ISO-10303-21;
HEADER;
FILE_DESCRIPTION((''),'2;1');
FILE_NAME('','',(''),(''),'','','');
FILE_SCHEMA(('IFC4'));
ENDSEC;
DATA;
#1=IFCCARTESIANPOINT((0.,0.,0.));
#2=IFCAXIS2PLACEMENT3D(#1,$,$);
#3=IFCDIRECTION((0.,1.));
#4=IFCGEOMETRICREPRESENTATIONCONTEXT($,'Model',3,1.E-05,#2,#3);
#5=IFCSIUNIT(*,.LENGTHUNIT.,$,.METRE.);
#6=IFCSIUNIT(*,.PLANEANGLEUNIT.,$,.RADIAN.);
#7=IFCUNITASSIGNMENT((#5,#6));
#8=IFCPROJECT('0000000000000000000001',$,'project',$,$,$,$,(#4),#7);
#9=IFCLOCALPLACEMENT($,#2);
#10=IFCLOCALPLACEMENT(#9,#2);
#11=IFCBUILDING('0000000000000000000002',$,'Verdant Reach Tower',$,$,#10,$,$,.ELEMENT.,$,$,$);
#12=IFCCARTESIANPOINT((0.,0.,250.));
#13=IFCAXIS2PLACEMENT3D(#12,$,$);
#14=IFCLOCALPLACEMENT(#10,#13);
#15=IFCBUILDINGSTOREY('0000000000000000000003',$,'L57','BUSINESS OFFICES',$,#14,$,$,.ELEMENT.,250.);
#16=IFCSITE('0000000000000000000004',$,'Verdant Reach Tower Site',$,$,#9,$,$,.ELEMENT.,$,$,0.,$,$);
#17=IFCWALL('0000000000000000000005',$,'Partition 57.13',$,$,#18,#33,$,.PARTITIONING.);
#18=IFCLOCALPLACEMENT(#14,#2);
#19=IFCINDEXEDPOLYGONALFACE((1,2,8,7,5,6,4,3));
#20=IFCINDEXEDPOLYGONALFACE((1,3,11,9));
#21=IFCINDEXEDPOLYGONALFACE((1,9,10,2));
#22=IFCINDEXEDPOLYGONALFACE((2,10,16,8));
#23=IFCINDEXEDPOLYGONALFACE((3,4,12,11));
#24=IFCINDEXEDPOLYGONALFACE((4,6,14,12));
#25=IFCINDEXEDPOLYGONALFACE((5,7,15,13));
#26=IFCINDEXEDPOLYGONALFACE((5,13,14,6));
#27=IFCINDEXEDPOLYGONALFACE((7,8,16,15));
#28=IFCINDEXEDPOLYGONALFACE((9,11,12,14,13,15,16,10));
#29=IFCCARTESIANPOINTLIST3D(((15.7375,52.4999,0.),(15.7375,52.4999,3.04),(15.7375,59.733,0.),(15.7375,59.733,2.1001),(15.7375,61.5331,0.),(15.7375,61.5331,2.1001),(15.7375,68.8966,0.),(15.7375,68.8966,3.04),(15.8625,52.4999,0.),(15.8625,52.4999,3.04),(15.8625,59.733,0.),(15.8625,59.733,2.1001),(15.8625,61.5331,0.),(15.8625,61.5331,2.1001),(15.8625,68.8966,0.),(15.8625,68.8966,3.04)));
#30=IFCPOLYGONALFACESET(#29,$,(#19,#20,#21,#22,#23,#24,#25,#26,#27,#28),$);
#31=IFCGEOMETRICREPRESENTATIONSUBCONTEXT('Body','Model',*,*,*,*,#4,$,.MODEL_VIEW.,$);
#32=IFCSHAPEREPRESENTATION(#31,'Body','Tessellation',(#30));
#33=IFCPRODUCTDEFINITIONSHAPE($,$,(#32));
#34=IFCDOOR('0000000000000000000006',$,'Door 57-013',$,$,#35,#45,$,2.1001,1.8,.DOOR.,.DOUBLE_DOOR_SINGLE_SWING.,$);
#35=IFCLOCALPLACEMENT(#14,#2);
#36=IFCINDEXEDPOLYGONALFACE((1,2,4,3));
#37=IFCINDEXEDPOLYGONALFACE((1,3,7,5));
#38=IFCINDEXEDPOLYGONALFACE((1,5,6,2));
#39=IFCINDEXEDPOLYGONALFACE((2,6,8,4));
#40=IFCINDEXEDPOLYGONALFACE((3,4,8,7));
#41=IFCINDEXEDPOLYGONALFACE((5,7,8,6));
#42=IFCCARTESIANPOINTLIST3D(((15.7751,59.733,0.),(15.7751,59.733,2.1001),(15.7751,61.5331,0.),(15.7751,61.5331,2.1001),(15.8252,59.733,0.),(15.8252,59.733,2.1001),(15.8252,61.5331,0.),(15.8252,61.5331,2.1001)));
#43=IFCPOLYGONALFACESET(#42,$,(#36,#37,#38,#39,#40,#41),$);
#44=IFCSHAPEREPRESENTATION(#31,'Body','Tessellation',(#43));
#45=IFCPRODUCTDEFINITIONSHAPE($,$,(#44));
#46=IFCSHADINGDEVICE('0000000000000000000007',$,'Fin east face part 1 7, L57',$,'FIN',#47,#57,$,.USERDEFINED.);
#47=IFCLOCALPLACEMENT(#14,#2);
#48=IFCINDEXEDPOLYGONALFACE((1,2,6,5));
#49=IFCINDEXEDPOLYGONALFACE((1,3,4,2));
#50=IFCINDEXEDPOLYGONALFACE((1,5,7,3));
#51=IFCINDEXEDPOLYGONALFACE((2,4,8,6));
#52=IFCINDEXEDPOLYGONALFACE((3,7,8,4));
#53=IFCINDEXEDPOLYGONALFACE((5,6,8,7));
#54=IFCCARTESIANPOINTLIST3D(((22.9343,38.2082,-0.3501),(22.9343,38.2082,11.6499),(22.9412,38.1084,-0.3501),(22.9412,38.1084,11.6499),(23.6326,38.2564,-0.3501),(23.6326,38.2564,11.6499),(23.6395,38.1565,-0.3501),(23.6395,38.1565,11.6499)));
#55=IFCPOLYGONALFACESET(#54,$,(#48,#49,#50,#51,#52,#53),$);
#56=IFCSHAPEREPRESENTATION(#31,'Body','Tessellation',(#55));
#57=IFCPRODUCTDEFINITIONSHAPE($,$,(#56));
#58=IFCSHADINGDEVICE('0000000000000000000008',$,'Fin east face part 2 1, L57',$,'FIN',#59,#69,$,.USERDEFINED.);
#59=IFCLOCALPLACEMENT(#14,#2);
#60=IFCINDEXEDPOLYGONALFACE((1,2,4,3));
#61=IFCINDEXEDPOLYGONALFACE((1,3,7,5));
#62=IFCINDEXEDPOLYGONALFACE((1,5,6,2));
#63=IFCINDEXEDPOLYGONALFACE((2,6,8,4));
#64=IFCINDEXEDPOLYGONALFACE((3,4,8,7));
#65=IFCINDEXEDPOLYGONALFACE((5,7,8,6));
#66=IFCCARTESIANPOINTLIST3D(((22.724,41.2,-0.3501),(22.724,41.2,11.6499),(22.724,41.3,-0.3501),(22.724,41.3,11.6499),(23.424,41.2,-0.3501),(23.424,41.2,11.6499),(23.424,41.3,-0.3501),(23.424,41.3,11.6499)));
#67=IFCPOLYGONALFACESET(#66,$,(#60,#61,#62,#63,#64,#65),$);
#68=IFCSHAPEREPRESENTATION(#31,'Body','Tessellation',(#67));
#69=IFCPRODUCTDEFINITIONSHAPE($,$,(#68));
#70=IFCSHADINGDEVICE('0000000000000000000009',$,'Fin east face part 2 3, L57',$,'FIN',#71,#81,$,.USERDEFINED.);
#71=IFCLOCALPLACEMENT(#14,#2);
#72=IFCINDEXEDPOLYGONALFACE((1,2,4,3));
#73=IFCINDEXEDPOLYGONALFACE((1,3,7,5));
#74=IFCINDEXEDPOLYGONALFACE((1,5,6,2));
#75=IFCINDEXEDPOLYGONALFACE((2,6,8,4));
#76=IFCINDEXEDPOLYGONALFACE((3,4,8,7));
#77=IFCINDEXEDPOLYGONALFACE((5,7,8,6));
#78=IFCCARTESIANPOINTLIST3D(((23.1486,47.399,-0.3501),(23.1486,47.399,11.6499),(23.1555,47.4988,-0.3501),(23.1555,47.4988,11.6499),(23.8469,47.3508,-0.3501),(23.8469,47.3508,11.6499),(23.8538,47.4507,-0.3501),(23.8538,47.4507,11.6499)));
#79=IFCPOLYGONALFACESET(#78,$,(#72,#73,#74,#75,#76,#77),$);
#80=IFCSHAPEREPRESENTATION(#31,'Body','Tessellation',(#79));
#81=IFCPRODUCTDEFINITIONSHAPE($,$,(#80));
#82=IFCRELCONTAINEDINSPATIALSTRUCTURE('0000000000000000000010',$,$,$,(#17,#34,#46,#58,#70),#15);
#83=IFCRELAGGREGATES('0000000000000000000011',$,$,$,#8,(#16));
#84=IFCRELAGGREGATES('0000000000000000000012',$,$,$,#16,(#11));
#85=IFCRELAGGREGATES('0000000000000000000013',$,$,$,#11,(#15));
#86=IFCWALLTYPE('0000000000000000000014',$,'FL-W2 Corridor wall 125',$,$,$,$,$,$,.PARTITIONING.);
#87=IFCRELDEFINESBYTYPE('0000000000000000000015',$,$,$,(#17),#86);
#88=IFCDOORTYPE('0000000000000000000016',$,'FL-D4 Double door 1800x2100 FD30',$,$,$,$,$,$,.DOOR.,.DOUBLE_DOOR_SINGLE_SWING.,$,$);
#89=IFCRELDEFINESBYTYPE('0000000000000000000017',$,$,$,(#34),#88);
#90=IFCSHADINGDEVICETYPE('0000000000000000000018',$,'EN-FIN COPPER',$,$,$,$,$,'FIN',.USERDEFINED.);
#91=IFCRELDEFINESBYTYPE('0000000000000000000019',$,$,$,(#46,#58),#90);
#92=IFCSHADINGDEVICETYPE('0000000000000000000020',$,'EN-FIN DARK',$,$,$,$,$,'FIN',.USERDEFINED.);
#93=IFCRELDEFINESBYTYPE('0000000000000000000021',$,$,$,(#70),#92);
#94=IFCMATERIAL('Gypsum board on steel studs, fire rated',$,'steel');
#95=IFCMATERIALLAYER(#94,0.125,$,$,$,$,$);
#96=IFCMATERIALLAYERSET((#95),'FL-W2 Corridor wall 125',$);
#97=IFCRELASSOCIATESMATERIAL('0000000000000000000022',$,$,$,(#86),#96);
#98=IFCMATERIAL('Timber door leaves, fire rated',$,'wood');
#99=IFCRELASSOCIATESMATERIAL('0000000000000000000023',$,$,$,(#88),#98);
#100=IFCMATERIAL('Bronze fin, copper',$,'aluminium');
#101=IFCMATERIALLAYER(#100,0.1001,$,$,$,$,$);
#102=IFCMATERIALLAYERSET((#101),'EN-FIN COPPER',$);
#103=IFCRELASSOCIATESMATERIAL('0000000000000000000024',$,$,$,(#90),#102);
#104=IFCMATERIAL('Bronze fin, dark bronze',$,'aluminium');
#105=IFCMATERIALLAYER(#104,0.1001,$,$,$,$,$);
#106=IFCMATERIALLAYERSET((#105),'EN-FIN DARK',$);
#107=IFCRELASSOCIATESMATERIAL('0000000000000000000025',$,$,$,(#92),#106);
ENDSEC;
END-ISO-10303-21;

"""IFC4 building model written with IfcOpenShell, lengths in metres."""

from ifc_helpers import new_model, si_unit, direction, frame, frame_2d, origin, origin_2d, place, context, subcontext, project, spatial, rectangle, extrude, material, layer, layer_set, type_object, element, fill, save


model = new_model("IFC4")

# Units and contexts
model_context = context("Model", 3, precision=1e-05, world=origin(), true_north=direction((0.0, 1.0)))
body_context = subcontext(model_context, "Body", "Model", "MODEL_VIEW")
ifc_project = project(units=[si_unit("LENGTHUNIT", "METRE"), si_unit("PLANEANGLEUNIT", "RADIAN")], contexts=[model_context])

# Site, building, storey
site_placement = place(None, origin())
site = spatial("IfcSite", under=ifc_project, at=site_placement, Name="Verdant Reach Tower Site", CompositionType="ELEMENT", RefElevation=0.0)
building_placement = place(site_placement, origin())
building = spatial("IfcBuilding", under=site, at=building_placement, Name="Verdant Reach Tower", CompositionType="ELEMENT")
storey_placement = place(building_placement, frame((0.0, 0.0, 250.0)))
storey = spatial("IfcBuildingStorey", under=building, at=storey_placement, Name="L57", Description="BUSINESS OFFICES", CompositionType="ELEMENT", Elevation=250.0)

# Wall, opening, door
ifc_material_1 = material(Name="Gypsum board on steel studs, fire rated", Category="steel")
ifc_layer_1 = layer(ifc_material_1, 0.125)
ifc_layer_set_1 = layer_set([ifc_layer_1], Name="FL-W2 Corridor wall 125")
wall_type_1 = type_object("IfcWallType", Name="FL-W2 Corridor wall 125", PredefinedType="PARTITIONING", material=ifc_layer_set_1)
ifc_material_2 = material(Name="Timber door leaves, fire rated", Category="wood")
door_type_1 = type_object("IfcDoorType", Name="FL-D4 Double door 1800x2100 FD30", OperationType="DOUBLE_DOOR_SINGLE_SWING", PredefinedType="DOOR", material=ifc_material_2)
wall_1_placement = place(storey_placement, frame((15.8, 52.5, 0.0), z_axis=(0.0, 0.0, 1.0), x_axis=(0.0, 1.0, 0.0)))
wall_1 = element("IfcWall", 1, at=wall_1_placement, inside=storey, type_object=wall_type_1, Name="Partition 57.13", PredefinedType="PARTITIONING", context=body_context, shape_type="SweptSolid", body=[
    extrude(rectangle(XDim=16.3967, YDim=0.125, at=frame_2d((8.1982, 0.0))), origin(), (0.0, 0.0, 1.0), 3.04),
])
opening_1_placement = place(wall_1_placement, frame((7.2332, 0.0, 0.0)))
opening_1 = element("IfcOpeningElement", 2, at=opening_1_placement, cuts=wall_1, PredefinedType="OPENING", context=body_context, shape_type="SweptSolid", body=[
    extrude(rectangle(XDim=1.8, YDim=2.1001, at=frame_2d((0.8999, 1.05))), frame((0.0, 0.0725, 0.0), z_axis=(0.0, -1.0, 0.0), x_axis=(1.0, 0.0, 0.0)), (0.0, 0.0, 1.0), 0.145),
])
door_1_placement = place(opening_1_placement, origin())
door_1 = element("IfcDoor", 3, at=door_1_placement, inside=storey, type_object=door_type_1, Name="Door 57-013", OperationType="DOUBLE_DOOR_SINGLE_SWING", OverallHeight=2.1001, OverallWidth=1.8, PredefinedType="DOOR", context=body_context, shape_type="SweptSolid", body=[
    extrude(rectangle(XDim=1.8, YDim=2.1001, at=frame_2d((0.8999, 1.05))), frame((0.0, 0.0249, 0.0), z_axis=(0.0, -1.0, 0.0), x_axis=(1.0, 0.0, 0.0)), (0.0, 0.0, 1.0), 0.05),
])
fill(opening_1, door_1)

# Shading devices
ifc_material_3 = material(Name="Bronze fin, copper", Category="aluminium")
ifc_layer_2 = layer(ifc_material_3, 0.1001)
ifc_layer_set_2 = layer_set([ifc_layer_2], Name="EN-FIN COPPER")
shading_device_type_1 = type_object("IfcShadingDeviceType", Name="EN-FIN COPPER", ElementType="FIN", PredefinedType="USERDEFINED", material=ifc_layer_set_2)
for number, where, z_axis, x_axis, name in (
    (4, (23.2869, 38.1824, -0.3501), (0.0, 0.0, 1.0), (-0.068802, 0.99763, 0.0), "Fin east face part 1 7, L57"),
    (5, (23.074, 41.25, -0.3501), (0.0, 0.0, 1.0), (0.0, 1.0, 0.0), "Fin east face part 2 1, L57"),
):
    element("IfcShadingDevice", number, at=place(storey_placement, frame(where, z_axis=z_axis, x_axis=x_axis)), inside=storey, type_object=shading_device_type_1, Name=name, ObjectType="FIN", PredefinedType="USERDEFINED", context=body_context, shape_type="SweptSolid", body=[
        extrude(rectangle(XDim=0.1001, YDim=0.7, at=origin_2d()), origin(), (0.0, 0.0, 1.0), 12.0),
    ])
ifc_material_4 = material(Name="Bronze fin, dark bronze", Category="aluminium")
ifc_layer_3 = layer(ifc_material_4, 0.1001)
ifc_layer_set_3 = layer_set([ifc_layer_3], Name="EN-FIN DARK")
shading_device_type_2 = type_object("IfcShadingDeviceType", Name="EN-FIN DARK", ElementType="FIN", PredefinedType="USERDEFINED", material=ifc_layer_set_3)
shading_device_placement = place(storey_placement, frame((23.5012, 47.4248, -0.3501), z_axis=(0.0, 0.0, 1.0), x_axis=(0.068802, 0.99763, 0.0)))
element("IfcShadingDevice", 6, at=shading_device_placement, inside=storey, type_object=shading_device_type_2, Name="Fin east face part 2 3, L57", ObjectType="FIN", PredefinedType="USERDEFINED", context=body_context, shape_type="SweptSolid", body=[
    extrude(rectangle(XDim=0.1001, YDim=0.7, at=origin_2d()), origin(), (0.0, 0.0, 1.0), 12.0),
])

save(model, "model.ifc")
